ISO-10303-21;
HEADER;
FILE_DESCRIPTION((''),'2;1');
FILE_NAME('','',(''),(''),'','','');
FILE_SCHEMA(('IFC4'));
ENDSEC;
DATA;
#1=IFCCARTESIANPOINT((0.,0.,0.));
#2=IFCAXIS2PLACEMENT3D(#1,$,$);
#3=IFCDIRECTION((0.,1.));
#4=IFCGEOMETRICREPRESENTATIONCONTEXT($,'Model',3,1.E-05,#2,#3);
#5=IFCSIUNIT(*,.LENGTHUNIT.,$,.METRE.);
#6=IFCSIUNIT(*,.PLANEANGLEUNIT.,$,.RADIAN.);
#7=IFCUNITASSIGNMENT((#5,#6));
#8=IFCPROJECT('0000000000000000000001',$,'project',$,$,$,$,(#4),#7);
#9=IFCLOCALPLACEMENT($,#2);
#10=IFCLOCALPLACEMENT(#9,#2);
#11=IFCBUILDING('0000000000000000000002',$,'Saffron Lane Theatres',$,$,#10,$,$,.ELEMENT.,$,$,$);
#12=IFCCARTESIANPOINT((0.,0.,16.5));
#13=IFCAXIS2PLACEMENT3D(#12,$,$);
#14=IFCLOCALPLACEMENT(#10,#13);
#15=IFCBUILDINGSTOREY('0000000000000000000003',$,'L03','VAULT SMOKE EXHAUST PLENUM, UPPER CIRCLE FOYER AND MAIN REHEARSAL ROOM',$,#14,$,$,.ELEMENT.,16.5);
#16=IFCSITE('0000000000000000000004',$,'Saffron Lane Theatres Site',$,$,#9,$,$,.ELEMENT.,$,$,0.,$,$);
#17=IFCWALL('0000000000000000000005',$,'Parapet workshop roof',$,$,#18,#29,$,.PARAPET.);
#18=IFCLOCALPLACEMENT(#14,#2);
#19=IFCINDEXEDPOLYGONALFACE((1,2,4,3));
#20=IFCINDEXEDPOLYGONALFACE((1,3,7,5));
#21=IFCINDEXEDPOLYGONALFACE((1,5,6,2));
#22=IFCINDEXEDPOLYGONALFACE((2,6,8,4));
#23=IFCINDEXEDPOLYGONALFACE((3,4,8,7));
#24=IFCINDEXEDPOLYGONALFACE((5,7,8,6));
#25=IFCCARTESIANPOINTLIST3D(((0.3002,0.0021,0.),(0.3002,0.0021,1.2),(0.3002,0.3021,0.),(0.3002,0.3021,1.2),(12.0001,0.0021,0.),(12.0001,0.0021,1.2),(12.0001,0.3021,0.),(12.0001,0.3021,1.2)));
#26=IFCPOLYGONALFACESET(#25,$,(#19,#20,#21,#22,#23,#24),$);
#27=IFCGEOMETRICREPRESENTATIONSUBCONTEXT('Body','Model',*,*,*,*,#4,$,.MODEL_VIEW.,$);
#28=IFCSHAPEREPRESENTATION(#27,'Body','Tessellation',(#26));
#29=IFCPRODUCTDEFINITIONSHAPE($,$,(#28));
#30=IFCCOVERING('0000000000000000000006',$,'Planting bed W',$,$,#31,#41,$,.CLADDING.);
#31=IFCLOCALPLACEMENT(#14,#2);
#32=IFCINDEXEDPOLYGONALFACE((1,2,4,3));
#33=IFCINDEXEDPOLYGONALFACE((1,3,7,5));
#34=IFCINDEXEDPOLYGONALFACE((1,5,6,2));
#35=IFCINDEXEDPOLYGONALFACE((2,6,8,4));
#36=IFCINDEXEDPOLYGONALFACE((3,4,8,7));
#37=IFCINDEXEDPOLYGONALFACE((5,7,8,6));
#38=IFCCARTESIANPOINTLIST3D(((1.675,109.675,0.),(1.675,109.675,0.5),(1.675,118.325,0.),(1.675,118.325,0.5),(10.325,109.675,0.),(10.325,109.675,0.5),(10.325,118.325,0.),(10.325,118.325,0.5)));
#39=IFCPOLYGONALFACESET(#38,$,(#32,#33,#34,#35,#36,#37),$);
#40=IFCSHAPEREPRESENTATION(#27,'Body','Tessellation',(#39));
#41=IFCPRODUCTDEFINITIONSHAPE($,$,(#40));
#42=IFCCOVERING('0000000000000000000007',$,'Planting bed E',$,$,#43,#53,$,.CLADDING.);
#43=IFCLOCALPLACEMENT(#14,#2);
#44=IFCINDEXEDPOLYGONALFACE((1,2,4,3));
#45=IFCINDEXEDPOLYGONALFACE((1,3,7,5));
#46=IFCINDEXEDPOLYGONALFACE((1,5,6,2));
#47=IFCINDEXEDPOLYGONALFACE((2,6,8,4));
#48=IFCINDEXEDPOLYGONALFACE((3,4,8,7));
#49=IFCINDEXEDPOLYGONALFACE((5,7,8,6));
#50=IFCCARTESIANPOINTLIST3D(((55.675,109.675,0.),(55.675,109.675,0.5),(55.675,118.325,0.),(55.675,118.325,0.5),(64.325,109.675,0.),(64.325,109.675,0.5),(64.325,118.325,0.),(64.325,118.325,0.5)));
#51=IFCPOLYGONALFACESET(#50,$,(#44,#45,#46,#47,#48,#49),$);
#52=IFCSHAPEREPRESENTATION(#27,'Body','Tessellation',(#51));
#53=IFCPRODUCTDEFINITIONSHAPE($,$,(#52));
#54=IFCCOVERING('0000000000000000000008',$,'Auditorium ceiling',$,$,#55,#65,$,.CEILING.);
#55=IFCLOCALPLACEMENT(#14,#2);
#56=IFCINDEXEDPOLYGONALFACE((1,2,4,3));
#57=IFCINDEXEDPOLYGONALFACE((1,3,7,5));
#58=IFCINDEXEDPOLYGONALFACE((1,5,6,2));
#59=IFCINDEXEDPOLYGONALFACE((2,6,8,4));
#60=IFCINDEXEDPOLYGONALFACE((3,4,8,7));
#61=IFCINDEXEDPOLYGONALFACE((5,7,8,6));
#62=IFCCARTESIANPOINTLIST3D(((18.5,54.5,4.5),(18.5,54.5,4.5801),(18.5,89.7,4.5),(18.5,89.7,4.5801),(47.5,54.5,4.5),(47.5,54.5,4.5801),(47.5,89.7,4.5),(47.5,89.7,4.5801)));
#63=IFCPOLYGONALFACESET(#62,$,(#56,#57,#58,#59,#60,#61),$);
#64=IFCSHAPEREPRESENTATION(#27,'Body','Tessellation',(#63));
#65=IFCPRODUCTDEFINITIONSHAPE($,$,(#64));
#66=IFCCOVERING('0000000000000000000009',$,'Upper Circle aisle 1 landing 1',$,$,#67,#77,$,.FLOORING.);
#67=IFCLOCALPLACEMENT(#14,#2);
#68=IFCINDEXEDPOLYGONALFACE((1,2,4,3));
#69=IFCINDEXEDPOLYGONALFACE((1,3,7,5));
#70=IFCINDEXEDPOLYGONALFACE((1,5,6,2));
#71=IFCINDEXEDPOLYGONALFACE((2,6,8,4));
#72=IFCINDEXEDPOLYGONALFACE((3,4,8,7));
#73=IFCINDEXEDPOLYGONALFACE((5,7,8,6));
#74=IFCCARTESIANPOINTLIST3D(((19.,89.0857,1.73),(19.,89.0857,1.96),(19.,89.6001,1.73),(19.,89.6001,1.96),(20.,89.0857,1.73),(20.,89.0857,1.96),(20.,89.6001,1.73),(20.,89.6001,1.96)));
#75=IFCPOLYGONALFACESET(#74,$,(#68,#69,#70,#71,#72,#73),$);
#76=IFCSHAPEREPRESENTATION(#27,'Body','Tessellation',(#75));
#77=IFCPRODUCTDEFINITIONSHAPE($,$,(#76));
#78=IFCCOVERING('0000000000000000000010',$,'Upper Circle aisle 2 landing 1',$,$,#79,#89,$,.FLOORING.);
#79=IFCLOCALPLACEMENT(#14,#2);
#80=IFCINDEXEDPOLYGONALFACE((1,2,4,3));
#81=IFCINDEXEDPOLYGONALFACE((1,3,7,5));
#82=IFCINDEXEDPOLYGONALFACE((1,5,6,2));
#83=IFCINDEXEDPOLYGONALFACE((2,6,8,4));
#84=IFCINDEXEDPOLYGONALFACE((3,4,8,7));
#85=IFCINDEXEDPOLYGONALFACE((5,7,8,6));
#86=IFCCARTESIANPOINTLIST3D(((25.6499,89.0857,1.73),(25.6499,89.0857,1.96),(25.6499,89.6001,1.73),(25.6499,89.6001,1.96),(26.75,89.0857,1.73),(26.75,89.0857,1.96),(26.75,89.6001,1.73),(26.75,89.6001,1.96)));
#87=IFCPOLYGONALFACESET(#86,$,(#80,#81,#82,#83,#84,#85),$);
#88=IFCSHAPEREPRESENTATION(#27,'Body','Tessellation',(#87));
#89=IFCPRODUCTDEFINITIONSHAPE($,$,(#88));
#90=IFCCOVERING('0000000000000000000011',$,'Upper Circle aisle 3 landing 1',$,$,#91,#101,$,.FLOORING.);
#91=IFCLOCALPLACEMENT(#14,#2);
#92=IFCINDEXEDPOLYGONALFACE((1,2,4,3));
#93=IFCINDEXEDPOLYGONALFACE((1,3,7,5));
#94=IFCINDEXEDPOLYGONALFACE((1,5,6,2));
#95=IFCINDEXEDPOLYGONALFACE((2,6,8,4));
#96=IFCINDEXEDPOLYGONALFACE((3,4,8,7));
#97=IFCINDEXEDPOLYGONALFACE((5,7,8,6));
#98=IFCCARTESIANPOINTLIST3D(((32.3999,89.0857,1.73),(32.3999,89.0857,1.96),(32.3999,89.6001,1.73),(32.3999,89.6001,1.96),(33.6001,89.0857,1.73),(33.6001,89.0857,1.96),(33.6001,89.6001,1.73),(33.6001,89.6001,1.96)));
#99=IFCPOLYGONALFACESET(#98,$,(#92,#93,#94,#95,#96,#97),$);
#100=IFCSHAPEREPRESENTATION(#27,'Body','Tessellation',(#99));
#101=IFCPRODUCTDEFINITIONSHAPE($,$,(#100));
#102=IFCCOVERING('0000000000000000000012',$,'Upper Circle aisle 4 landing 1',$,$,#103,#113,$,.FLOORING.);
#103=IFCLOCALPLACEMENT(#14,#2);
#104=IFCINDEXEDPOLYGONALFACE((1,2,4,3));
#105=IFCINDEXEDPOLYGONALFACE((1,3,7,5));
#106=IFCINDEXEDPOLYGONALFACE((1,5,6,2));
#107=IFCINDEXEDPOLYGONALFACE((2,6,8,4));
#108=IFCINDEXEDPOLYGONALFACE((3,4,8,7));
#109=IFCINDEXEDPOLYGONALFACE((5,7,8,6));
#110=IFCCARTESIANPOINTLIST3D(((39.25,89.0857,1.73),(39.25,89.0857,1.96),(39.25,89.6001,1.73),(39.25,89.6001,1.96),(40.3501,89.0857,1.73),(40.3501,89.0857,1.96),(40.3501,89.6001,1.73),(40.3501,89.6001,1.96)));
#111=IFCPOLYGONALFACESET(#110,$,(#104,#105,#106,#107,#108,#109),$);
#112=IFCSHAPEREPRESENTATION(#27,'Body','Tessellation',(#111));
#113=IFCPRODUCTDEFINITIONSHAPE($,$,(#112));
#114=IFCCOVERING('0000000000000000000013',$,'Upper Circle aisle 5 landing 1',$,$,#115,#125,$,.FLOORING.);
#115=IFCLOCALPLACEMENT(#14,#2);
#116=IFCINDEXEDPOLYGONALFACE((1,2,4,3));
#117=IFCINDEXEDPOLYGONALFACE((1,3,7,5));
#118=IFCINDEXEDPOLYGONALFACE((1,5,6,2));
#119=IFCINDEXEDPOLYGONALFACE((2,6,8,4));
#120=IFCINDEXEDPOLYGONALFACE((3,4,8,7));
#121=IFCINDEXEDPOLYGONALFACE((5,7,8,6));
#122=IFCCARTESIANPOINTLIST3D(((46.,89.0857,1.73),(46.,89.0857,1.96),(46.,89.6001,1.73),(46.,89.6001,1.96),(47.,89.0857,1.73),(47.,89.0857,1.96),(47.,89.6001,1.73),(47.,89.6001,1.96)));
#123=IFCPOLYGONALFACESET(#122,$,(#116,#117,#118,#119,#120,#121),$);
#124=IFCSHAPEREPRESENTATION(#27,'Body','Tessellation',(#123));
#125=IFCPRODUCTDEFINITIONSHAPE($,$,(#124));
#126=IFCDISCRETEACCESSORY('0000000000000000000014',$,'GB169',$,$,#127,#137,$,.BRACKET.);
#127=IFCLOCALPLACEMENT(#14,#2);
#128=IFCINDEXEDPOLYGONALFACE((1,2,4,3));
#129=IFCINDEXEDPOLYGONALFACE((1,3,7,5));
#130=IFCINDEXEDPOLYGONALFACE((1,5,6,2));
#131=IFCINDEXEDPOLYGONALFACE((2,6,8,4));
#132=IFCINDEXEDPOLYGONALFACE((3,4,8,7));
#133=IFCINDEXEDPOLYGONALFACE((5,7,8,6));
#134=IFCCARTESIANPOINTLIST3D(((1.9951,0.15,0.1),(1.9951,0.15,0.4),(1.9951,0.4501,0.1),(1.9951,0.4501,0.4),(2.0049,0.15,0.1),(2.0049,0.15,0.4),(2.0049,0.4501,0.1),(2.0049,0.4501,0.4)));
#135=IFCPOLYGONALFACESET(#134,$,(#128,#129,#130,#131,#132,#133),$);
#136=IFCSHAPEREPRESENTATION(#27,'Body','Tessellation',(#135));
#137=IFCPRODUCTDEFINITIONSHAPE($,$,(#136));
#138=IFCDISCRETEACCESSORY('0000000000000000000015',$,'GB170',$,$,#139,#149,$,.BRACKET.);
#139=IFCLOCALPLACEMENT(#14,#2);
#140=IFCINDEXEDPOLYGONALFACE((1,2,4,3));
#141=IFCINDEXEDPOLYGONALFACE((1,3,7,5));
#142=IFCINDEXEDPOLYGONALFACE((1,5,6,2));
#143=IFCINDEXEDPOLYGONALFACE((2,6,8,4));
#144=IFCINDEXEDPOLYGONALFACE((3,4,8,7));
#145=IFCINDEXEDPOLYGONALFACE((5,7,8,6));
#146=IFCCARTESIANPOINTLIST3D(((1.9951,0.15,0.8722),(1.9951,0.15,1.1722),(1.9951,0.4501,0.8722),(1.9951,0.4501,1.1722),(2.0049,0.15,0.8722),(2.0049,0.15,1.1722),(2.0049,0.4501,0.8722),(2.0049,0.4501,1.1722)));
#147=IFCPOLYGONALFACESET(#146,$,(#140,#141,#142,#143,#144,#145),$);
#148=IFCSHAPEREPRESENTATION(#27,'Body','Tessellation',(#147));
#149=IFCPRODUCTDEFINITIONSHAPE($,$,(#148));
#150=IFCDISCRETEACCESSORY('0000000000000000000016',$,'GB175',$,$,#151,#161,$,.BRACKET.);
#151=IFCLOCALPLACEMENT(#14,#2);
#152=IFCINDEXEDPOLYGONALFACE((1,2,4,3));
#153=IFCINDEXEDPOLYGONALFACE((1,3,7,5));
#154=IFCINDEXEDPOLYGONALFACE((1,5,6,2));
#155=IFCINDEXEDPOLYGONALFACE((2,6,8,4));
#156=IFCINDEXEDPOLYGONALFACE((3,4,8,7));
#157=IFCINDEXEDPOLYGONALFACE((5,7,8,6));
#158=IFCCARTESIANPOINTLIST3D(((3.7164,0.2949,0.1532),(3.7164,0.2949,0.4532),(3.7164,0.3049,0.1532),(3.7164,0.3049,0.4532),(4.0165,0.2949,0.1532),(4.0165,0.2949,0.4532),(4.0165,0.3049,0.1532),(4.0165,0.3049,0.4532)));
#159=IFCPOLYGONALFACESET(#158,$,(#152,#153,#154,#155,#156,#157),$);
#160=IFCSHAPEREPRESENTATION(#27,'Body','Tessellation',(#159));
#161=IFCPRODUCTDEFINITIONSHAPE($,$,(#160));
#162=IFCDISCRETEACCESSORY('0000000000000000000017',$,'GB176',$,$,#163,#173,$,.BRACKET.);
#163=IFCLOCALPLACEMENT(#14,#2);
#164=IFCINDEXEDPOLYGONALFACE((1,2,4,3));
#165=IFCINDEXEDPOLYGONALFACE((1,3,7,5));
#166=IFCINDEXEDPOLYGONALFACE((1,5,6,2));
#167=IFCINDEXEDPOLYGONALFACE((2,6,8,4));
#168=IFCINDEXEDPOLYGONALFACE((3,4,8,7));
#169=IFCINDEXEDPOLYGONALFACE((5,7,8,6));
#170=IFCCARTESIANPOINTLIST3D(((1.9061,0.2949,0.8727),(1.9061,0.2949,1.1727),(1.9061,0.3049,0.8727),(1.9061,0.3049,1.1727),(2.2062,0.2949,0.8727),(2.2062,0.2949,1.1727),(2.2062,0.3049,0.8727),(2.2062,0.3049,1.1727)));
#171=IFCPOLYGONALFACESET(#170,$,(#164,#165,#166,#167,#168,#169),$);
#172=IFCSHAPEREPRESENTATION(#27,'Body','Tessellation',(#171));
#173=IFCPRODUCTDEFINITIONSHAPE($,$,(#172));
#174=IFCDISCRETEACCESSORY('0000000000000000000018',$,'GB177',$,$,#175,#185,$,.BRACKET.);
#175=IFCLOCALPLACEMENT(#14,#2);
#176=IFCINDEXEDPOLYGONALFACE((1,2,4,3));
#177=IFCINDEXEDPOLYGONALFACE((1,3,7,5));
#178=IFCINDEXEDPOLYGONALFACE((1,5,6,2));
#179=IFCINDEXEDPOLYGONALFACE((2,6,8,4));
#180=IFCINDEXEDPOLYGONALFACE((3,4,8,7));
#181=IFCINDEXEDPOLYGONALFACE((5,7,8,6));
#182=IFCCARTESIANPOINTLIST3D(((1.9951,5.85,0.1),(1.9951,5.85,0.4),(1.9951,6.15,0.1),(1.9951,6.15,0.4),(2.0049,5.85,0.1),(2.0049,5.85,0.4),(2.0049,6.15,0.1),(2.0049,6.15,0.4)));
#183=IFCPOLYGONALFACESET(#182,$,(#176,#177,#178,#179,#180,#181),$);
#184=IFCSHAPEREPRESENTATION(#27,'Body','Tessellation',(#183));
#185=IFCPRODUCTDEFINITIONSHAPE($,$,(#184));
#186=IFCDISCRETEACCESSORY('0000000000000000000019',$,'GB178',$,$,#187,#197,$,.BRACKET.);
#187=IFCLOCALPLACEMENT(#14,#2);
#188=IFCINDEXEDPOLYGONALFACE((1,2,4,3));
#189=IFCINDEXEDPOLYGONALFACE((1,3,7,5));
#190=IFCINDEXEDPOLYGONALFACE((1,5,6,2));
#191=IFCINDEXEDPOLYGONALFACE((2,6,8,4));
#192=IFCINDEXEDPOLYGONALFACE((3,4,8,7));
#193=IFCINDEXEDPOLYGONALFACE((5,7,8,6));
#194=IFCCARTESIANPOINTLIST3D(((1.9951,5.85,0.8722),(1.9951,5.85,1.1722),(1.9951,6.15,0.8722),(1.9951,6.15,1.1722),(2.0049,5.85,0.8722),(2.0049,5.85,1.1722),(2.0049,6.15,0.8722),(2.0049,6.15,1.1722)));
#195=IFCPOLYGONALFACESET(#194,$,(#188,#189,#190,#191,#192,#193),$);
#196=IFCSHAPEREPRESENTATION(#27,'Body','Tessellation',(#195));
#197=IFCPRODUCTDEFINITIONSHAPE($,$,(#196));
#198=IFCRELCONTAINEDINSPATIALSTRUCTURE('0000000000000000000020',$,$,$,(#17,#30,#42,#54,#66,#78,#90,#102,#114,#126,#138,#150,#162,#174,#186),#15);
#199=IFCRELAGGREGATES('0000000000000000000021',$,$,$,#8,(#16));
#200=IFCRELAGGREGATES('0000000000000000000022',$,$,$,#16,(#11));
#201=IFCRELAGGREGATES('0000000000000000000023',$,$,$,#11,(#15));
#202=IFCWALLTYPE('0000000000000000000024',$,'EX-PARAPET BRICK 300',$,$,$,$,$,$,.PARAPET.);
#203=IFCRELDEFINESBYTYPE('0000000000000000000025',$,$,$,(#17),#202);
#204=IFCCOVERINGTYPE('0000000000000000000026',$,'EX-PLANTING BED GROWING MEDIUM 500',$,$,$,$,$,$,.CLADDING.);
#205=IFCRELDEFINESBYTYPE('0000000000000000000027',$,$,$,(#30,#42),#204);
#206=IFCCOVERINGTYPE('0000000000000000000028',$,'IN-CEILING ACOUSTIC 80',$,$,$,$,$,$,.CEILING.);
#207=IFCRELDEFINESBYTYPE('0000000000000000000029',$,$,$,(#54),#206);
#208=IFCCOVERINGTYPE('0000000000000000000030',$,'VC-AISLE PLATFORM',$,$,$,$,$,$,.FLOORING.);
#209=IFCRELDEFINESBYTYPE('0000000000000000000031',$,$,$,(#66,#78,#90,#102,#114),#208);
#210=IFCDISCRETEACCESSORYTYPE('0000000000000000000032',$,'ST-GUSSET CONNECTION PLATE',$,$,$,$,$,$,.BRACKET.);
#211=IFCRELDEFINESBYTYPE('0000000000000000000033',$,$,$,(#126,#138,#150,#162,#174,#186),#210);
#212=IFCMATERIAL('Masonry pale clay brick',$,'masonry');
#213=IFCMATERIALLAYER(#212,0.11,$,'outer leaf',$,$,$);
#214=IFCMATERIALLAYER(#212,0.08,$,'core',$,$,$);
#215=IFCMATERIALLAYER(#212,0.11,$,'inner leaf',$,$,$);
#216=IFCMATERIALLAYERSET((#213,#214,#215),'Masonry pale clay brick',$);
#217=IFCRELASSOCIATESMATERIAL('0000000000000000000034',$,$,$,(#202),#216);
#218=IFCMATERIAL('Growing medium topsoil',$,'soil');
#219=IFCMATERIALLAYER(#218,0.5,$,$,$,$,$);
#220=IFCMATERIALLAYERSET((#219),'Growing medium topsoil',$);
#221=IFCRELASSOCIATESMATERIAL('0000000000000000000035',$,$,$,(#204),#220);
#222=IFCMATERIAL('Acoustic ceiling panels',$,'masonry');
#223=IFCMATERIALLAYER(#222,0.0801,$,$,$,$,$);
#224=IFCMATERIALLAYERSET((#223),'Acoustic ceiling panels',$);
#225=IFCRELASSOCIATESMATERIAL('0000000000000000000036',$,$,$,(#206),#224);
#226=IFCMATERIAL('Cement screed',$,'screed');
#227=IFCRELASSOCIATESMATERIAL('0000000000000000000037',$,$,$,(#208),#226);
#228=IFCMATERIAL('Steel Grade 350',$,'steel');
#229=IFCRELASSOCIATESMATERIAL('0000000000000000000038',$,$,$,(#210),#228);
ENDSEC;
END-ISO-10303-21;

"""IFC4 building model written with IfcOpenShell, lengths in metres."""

from ifc_helpers import new_model, si_unit, direction, frame, frame_2d, origin, origin_2d, place, context, subcontext, project, spatial, polyline, rectangle, outline, extrude, material, layer, layer_set, material_profile, profile_set, type_object, element, save


model = new_model("IFC4")

# Units and contexts
model_context = context("Model", 3, precision=1e-05, world=origin(), true_north=direction((0.0, 1.0)))
body_context = subcontext(model_context, "Body", "Model", "MODEL_VIEW")
ifc_project = project(units=[si_unit("LENGTHUNIT", "METRE"), si_unit("PLANEANGLEUNIT", "RADIAN")], contexts=[model_context])

# Site, building, storey
site_placement = place(None, origin())
site = spatial("IfcSite", under=ifc_project, at=site_placement, Name="Saffron Lane Theatres Site", CompositionType="ELEMENT", RefElevation=0.0)
building_placement = place(site_placement, origin())
building = spatial("IfcBuilding", under=site, at=building_placement, Name="Saffron Lane Theatres", CompositionType="ELEMENT")
storey_placement = place(building_placement, frame((0.0, 0.0, 16.5)))
storey = spatial("IfcBuildingStorey", under=building, at=storey_placement, Name="L03", Description="VAULT SMOKE EXHAUST PLENUM, UPPER CIRCLE FOYER AND MAIN REHEARSAL ROOM", CompositionType="ELEMENT", Elevation=16.5)

# Wall
ifc_material_1 = material(Name="Masonry pale clay brick", Category="masonry")
ifc_layer_1 = layer(ifc_material_1, 0.11, Name="outer leaf")
ifc_layer_2 = layer(ifc_material_1, 0.08, Name="core")
ifc_layer_3 = layer(ifc_material_1, 0.11, Name="inner leaf")
ifc_layer_set_1 = layer_set([ifc_layer_1, ifc_layer_2, ifc_layer_3], Name="Masonry pale clay brick")
wall_type = type_object("IfcWallType", Name="EX-PARAPET BRICK 300", PredefinedType="PARAPET", material=ifc_layer_set_1)
wall_1_placement = place(storey_placement, frame((0.3, 0.1521, 0.0), z_axis=(0.0, 0.0, 1.0), x_axis=(1.0, 0.0, 0.0)))
element("IfcWall", 1, at=wall_1_placement, inside=storey, type_object=wall_type, Name="Parapet workshop roof", PredefinedType="PARAPET", context=body_context, shape_type="SweptSolid", body=[
    extrude(rectangle(XDim=11.7, YDim=0.3, at=frame_2d((5.8501, 0.0))), origin(), (0.0, 0.0, 1.0), 1.2),
])

# Coverings
ifc_material_2 = material(Name="Growing medium topsoil", Category="soil")
ifc_layer_4 = layer(ifc_material_2, 0.5)
ifc_layer_set_2 = layer_set([ifc_layer_4], Name="Growing medium topsoil")
covering_type_1 = type_object("IfcCoveringType", Name="EX-PLANTING BED GROWING MEDIUM 500", PredefinedType="CLADDING", material=ifc_layer_set_2)
covering_1_placement = place(storey_placement, origin())
element("IfcCovering", 2, at=covering_1_placement, inside=storey, type_object=covering_type_1, Name="Planting bed W", PredefinedType="CLADDING", context=body_context, shape_type="SweptSolid", body=[
    extrude(outline(polyline([(1.675, 109.675), (10.325, 109.675), (10.325, 118.325), (1.675, 118.325), (1.675, 109.675)])), origin(), (0.0, 0.0, 1.0), 0.5),
])
covering_2_placement = place(storey_placement, origin())
element("IfcCovering", 3, at=covering_2_placement, inside=storey, type_object=covering_type_1, Name="Planting bed E", PredefinedType="CLADDING", context=body_context, shape_type="SweptSolid", body=[
    extrude(outline(polyline([(55.675, 109.675), (64.325, 109.675), (64.325, 118.325), (55.675, 118.325), (55.675, 109.675)])), origin(), (0.0, 0.0, 1.0), 0.5),
])
ifc_material_3 = material(Name="Acoustic ceiling panels", Category="masonry")
ifc_layer_5 = layer(ifc_material_3, 0.0801)
ifc_layer_set_3 = layer_set([ifc_layer_5], Name="Acoustic ceiling panels")
covering_type_2 = type_object("IfcCoveringType", Name="IN-CEILING ACOUSTIC 80", PredefinedType="CEILING", material=ifc_layer_set_3)
covering_3_placement = place(storey_placement, frame((0.0, 0.0, 4.5)))
element("IfcCovering", 4, at=covering_3_placement, inside=storey, type_object=covering_type_2, Name="Auditorium ceiling", PredefinedType="CEILING", context=body_context, shape_type="SweptSolid", body=[
    extrude(outline(polyline([(18.5, 54.5), (47.5, 54.5), (47.5, 89.7), (18.5, 89.7), (18.5, 54.5)])), origin(), (0.0, 0.0, 1.0), 0.0801),
])
ifc_material_4 = material(Name="Cement screed", Category="screed")
covering_type_3 = type_object("IfcCoveringType", Name="VC-AISLE PLATFORM", PredefinedType="FLOORING", material=ifc_material_4)
covering_4_placement = place(storey_placement, frame((0.0, 0.0, 1.73)))
element("IfcCovering", 5, at=covering_4_placement, inside=storey, type_object=covering_type_3, Name="Upper Circle aisle 1 landing 1", PredefinedType="FLOORING", context=body_context, shape_type="SweptSolid", body=[
    extrude(outline(polyline([(19.0, 89.0857), (20.0, 89.0857), (20.0, 89.6001), (19.0, 89.6001), (19.0, 89.0857)])), origin(), (0.0, 0.0, 1.0), 0.23),
])
covering_5_placement = place(storey_placement, frame((0.0, 0.0, 1.73)))
element("IfcCovering", 6, at=covering_5_placement, inside=storey, type_object=covering_type_3, Name="Upper Circle aisle 2 landing 1", PredefinedType="FLOORING", context=body_context, shape_type="SweptSolid", body=[
    extrude(outline(polyline([(25.6499, 89.0857), (26.75, 89.0857), (26.75, 89.6001), (25.6499, 89.6001), (25.6499, 89.0857)])), origin(), (0.0, 0.0, 1.0), 0.23),
])
covering_6_placement = place(storey_placement, frame((0.0, 0.0, 1.73)))
element("IfcCovering", 7, at=covering_6_placement, inside=storey, type_object=covering_type_3, Name="Upper Circle aisle 3 landing 1", PredefinedType="FLOORING", context=body_context, shape_type="SweptSolid", body=[
    extrude(outline(polyline([(32.3999, 89.0857), (33.6001, 89.0857), (33.6001, 89.6001), (32.3999, 89.6001), (32.3999, 89.0857)])), origin(), (0.0, 0.0, 1.0), 0.23),
])
covering_7_placement = place(storey_placement, frame((0.0, 0.0, 1.73)))
element("IfcCovering", 8, at=covering_7_placement, inside=storey, type_object=covering_type_3, Name="Upper Circle aisle 4 landing 1", PredefinedType="FLOORING", context=body_context, shape_type="SweptSolid", body=[
    extrude(outline(polyline([(39.25, 89.0857), (40.3501, 89.0857), (40.3501, 89.6001), (39.25, 89.6001), (39.25, 89.0857)])), origin(), (0.0, 0.0, 1.0), 0.23),
])
covering_8_placement = place(storey_placement, frame((0.0, 0.0, 1.73)))
element("IfcCovering", 9, at=covering_8_placement, inside=storey, type_object=covering_type_3, Name="Upper Circle aisle 5 landing 1", PredefinedType="FLOORING", context=body_context, shape_type="SweptSolid", body=[
    extrude(outline(polyline([(46.0, 89.0857), (47.0, 89.0857), (47.0, 89.6001), (46.0, 89.6001), (46.0, 89.0857)])), origin(), (0.0, 0.0, 1.0), 0.23),
])

# Discrete accessories
ifc_material_5 = material(Name="Steel Grade 350", Category="steel")
ifc_material_profile_1 = material_profile(ifc_material_5, rectangle(XDim=0.3, YDim=0.3, at=origin_2d()))
ifc_profile_set_1 = profile_set([ifc_material_profile_1], Name="Steel Grade 350")
discrete_accessory_type_1 = type_object("IfcDiscreteAccessoryType", Name="ST-GUSSET CONNECTION PLATE", PredefinedType="BRACKET", material=ifc_profile_set_1)
for number, where, z_axis, x_axis, name in (
    (10, (1.9951, 0.3, 0.25), (1.0, 0.0, 0.0), (0.0, 1.0, 0.0), "GB169"),
    (11, (1.9951, 0.3, 1.0222), (1.0, 0.0, 0.0), (0.0, 1.0, 0.0), "GB170"),
):
    element("IfcDiscreteAccessory", number, at=place(storey_placement, frame(where, z_axis=z_axis, x_axis=x_axis)), inside=storey, type_object=discrete_accessory_type_1, Name=name, PredefinedType="BRACKET", context=body_context, shape_type="SweptSolid", body=[
        extrude(rectangle(XDim=0.3, YDim=0.3, at=origin_2d()), origin(), (0.0, 0.0, 1.0), 0.0098),
    ])
for number, where, z_axis, x_axis, name in (
    (12, (3.8665, 0.2949, 0.3032), (0.0, 1.0, 0.0), (-1.0, 0.0, 0.0), "GB175"),
    (13, (2.0562, 0.2949, 1.0227), (0.0, 1.0, 0.0), (-1.0, 0.0, 0.0), "GB176"),
):
    element("IfcDiscreteAccessory", number, at=place(storey_placement, frame(where, z_axis=z_axis, x_axis=x_axis)), inside=storey, type_object=discrete_accessory_type_1, Name=name, PredefinedType="BRACKET", context=body_context, shape_type="SweptSolid", body=[
        extrude(rectangle(XDim=0.3, YDim=0.3, at=origin_2d()), origin(), (0.0, 0.0, 1.0), 0.01),
    ])
for number, where, z_axis, x_axis, name in (
    (14, (1.9951, 6.0, 0.25), (1.0, 0.0, 0.0), (0.0, 1.0, 0.0), "GB177"),
    (15, (1.9951, 6.0, 1.0222), (1.0, 0.0, 0.0), (0.0, 1.0, 0.0), "GB178"),
):
    element("IfcDiscreteAccessory", number, at=place(storey_placement, frame(where, z_axis=z_axis, x_axis=x_axis)), inside=storey, type_object=discrete_accessory_type_1, Name=name, PredefinedType="BRACKET", context=body_context, shape_type="SweptSolid", body=[
        extrude(rectangle(XDim=0.3, YDim=0.3, at=origin_2d()), origin(), (0.0, 0.0, 1.0), 0.0098),
    ])

save(model, "model.ifc")
